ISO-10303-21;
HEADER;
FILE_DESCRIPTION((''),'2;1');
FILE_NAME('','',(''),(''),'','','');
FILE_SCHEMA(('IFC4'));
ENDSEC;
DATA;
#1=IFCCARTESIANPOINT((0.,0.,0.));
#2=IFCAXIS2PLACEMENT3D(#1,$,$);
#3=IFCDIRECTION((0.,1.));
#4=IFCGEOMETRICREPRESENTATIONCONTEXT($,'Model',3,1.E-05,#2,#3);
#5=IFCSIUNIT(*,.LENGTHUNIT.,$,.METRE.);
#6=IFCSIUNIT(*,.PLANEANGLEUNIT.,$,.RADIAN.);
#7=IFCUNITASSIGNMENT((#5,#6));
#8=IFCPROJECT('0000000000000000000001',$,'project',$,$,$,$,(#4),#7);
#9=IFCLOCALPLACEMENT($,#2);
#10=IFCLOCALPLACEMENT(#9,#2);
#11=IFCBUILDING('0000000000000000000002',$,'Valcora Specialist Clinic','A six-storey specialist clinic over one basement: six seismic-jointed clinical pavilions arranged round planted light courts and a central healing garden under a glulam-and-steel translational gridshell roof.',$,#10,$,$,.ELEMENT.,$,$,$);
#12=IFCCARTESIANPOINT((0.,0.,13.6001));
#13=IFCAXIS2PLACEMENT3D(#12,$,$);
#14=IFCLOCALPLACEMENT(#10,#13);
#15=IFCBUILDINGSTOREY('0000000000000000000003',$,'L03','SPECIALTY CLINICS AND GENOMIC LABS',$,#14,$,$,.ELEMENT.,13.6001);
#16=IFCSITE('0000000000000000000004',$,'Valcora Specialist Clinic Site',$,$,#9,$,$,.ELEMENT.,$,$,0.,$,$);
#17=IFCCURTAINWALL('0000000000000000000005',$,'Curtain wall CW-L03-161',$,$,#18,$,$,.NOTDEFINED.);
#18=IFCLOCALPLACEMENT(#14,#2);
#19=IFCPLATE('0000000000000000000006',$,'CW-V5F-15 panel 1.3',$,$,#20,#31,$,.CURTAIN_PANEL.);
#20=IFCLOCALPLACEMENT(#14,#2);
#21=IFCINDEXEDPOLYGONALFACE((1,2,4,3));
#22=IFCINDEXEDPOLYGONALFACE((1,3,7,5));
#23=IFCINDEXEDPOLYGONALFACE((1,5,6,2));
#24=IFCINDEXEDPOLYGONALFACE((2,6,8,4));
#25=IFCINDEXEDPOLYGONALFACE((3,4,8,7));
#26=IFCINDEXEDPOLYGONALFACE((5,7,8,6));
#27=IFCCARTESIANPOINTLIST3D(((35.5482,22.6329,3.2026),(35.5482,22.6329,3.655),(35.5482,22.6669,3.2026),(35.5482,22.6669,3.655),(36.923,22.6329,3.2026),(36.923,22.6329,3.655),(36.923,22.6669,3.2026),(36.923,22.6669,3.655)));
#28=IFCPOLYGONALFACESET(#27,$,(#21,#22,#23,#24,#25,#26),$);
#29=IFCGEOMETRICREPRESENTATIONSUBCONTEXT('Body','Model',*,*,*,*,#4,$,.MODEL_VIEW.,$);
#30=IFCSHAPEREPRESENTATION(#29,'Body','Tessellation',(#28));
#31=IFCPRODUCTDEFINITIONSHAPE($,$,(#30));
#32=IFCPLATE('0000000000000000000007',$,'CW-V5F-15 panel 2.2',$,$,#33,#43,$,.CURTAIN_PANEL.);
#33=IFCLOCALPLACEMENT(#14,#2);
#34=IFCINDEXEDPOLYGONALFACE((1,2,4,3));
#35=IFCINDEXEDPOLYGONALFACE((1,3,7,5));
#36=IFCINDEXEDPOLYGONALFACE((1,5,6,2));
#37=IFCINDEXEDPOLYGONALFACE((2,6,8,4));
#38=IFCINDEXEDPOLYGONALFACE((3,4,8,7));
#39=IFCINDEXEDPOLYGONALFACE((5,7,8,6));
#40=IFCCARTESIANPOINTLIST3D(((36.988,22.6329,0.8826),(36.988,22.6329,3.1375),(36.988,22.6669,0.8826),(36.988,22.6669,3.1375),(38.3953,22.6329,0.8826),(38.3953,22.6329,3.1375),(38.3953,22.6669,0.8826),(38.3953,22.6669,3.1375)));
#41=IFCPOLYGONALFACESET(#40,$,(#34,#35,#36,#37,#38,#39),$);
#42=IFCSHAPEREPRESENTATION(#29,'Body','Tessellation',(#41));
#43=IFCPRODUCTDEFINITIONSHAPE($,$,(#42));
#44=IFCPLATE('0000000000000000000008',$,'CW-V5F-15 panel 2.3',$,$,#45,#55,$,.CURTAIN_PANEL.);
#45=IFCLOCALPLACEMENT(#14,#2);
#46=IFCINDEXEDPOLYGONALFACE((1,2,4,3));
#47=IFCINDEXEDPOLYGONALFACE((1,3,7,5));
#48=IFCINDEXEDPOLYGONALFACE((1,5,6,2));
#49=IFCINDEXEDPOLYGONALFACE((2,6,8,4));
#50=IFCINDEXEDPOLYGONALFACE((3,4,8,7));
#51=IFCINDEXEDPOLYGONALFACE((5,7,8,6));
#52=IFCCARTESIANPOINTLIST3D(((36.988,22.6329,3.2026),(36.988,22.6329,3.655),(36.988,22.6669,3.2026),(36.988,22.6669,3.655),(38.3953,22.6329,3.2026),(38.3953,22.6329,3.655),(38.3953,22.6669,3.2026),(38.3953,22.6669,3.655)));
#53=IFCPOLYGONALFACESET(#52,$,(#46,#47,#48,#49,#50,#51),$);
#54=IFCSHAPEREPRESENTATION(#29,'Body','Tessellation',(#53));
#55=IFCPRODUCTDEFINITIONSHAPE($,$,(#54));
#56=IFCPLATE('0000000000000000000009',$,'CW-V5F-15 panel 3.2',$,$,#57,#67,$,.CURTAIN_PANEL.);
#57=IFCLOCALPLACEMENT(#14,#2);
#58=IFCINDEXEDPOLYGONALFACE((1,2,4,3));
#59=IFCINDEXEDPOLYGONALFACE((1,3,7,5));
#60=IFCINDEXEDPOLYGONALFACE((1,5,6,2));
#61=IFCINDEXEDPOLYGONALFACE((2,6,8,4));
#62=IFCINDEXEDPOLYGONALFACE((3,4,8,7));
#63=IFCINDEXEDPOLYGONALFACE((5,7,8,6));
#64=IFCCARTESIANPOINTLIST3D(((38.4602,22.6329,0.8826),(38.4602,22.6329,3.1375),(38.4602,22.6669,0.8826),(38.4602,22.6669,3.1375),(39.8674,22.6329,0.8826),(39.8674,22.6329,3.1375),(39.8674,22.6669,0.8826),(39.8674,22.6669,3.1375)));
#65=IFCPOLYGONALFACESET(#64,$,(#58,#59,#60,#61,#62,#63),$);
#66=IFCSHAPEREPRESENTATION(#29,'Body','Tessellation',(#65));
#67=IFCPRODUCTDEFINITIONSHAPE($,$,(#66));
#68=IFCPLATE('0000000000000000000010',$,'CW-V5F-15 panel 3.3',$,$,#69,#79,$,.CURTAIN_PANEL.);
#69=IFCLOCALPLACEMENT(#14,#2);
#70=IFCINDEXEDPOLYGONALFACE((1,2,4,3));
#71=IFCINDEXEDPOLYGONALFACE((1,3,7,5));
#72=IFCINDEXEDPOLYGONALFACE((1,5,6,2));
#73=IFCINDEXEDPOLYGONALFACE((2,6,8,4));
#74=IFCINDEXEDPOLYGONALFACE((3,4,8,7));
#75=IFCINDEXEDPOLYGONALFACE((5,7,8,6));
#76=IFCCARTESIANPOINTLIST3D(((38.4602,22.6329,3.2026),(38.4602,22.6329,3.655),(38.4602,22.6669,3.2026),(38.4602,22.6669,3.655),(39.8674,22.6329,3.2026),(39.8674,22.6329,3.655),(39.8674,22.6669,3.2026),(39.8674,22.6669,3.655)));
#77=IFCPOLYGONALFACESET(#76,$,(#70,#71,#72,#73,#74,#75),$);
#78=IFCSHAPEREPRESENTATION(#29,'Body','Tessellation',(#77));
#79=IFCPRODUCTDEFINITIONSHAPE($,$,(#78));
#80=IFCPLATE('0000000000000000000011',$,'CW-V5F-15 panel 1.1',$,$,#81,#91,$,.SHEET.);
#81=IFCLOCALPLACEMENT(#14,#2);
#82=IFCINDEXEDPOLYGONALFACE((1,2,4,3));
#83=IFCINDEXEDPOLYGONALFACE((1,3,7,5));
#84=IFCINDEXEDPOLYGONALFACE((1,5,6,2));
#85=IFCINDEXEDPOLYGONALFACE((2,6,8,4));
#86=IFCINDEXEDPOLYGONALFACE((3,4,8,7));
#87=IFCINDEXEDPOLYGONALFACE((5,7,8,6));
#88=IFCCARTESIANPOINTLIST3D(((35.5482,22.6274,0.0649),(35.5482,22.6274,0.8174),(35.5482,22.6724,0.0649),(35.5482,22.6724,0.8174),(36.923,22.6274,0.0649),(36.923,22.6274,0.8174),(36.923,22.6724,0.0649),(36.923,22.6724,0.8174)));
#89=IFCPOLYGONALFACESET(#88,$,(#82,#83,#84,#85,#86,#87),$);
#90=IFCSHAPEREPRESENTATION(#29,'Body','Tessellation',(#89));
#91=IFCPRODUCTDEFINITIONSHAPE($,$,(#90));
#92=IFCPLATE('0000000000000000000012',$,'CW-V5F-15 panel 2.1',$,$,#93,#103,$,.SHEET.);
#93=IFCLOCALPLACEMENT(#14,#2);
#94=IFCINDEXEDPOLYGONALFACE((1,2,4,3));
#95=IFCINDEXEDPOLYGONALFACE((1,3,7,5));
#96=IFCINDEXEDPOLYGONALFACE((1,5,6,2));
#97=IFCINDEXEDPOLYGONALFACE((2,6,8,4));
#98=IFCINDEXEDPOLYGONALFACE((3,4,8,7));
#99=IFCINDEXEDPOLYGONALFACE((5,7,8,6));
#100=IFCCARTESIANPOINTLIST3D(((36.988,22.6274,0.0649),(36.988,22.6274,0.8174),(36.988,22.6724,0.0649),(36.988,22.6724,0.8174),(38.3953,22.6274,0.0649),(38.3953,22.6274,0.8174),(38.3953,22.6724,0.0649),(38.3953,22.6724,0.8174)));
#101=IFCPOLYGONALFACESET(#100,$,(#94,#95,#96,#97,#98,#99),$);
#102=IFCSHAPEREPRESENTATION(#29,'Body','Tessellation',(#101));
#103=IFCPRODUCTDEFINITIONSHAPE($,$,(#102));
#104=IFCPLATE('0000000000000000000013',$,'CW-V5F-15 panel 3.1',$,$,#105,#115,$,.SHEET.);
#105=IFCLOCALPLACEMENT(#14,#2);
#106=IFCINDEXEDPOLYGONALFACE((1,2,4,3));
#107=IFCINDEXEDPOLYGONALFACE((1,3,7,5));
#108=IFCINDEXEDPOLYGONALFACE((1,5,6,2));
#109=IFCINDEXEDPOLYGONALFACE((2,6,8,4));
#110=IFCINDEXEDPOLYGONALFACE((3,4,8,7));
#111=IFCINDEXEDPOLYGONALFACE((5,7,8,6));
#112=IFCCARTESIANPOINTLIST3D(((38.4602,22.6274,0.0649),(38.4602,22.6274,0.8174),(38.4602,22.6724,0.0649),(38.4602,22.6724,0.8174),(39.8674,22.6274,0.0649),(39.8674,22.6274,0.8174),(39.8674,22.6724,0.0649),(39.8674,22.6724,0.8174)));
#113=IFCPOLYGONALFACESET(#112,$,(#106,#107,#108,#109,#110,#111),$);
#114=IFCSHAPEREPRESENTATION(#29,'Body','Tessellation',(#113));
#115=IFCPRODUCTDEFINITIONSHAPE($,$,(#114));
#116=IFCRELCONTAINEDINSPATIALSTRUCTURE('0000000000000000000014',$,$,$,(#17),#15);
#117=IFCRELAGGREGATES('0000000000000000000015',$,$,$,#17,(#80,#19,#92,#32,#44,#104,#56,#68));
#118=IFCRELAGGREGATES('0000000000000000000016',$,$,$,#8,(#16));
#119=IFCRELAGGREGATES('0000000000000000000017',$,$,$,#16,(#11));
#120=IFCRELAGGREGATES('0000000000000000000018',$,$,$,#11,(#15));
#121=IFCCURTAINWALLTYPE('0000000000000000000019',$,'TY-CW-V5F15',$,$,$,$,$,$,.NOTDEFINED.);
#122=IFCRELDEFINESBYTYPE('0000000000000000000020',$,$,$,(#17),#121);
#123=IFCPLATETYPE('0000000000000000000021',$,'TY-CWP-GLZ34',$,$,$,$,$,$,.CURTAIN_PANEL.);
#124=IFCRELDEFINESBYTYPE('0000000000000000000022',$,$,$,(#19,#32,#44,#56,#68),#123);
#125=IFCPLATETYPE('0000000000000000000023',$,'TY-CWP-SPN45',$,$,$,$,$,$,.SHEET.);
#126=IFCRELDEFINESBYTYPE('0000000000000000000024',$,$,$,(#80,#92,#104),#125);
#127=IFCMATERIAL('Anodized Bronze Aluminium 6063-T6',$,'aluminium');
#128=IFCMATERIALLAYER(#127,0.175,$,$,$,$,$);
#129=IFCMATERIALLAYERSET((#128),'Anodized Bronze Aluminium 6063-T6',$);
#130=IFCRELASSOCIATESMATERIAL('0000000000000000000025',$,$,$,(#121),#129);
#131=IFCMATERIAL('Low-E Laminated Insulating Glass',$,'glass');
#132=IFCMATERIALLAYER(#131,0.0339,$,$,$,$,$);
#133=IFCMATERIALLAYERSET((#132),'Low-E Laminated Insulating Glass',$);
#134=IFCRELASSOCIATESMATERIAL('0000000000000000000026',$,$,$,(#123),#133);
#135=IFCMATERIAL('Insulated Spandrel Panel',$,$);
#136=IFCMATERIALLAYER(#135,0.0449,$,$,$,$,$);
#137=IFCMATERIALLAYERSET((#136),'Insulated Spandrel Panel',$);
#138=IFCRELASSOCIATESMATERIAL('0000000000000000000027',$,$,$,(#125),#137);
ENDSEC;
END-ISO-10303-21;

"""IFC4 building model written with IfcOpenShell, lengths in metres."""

from ifc_helpers import new_model, si_unit, direction, frame, origin, origin_2d, place, context, subcontext, project, spatial, rectangle, extrude, material, layer, layer_set, type_object, element, aggregate, save


model = new_model("IFC4")

# Units and contexts
model_context = context("Model", 3, precision=1e-05, world=origin(), true_north=direction((0.0, 1.0)))
body_context = subcontext(model_context, "Body", "Model", "MODEL_VIEW")
ifc_project = project(units=[si_unit("LENGTHUNIT", "METRE"), si_unit("PLANEANGLEUNIT", "RADIAN")], contexts=[model_context])

# Site, building, storey
site_placement = place(None, origin())
site = spatial("IfcSite", under=ifc_project, at=site_placement, Name="Valcora Specialist Clinic Site", CompositionType="ELEMENT", RefElevation=0.0)
building_placement = place(site_placement, origin())
building = spatial("IfcBuilding", under=site, at=building_placement, Name="Valcora Specialist Clinic", Description="A six-storey specialist clinic over one basement: six seismic-jointed clinical pavilions arranged round planted light courts and a central healing garden under a glulam-and-steel translational gridshell roof.", CompositionType="ELEMENT")
storey_placement = place(building_placement, frame((0.0, 0.0, 13.6001)))
storey = spatial("IfcBuildingStorey", under=building, at=storey_placement, Name="L03", Description="SPECIALTY CLINICS AND GENOMIC LABS", CompositionType="ELEMENT", Elevation=13.6001)

# Shared definitions
ifc_material_1 = material(Name="Anodized Bronze Aluminium 6063-T6", Category="aluminium")
ifc_layer_1 = layer(ifc_material_1, 0.175)
ifc_layer_set_1 = layer_set([ifc_layer_1], Name="Anodized Bronze Aluminium 6063-T6")
curtain_wall_type = type_object("IfcCurtainWallType", Name="TY-CW-V5F15", PredefinedType="NOTDEFINED", material=ifc_layer_set_1)

# Curtain wall
curtain_wall_1_placement = place(storey_placement, origin())
curtain_wall_1 = element("IfcCurtainWall", 1, at=curtain_wall_1_placement, inside=storey, type_object=curtain_wall_type, Name="Curtain wall CW-L03-161", PredefinedType="NOTDEFINED")

# Plates
ifc_material_2 = material(Name="Low-E Laminated Insulating Glass", Category="glass")
ifc_layer_2 = layer(ifc_material_2, 0.0339)
ifc_layer_set_2 = layer_set([ifc_layer_2], Name="Low-E Laminated Insulating Glass")
plate_type_1 = type_object("IfcPlateType", Name="TY-CWP-GLZ34", PredefinedType="CURTAIN_PANEL", material=ifc_layer_set_2)
plate_1_placement = place(storey_placement, frame((36.2356, 22.6499, 3.2026), z_axis=(0.0, 0.0, 1.0), x_axis=(1.0, 0.0, 0.0)))
plate_1 = element("IfcPlate", 2, at=plate_1_placement, type_object=plate_type_1, Name="CW-V5F-15 panel 1.3", PredefinedType="CURTAIN_PANEL", context=body_context, shape_type="SweptSolid", body=[
    extrude(rectangle(XDim=1.3748, YDim=0.0339, at=origin_2d()), origin(), (0.0, 0.0, 1.0), 0.4524),
])
plate_2_placement = place(storey_placement, frame((37.6917, 22.6499, 0.8826), z_axis=(0.0, 0.0, 1.0), x_axis=(1.0, 0.0, 0.0)))
plate_2 = element("IfcPlate", 3, at=plate_2_placement, type_object=plate_type_1, Name="CW-V5F-15 panel 2.2", PredefinedType="CURTAIN_PANEL", context=body_context, shape_type="SweptSolid", body=[
    extrude(rectangle(XDim=1.4072, YDim=0.0339, at=origin_2d()), origin(), (0.0, 0.0, 1.0), 2.2549),
])
plate_3_placement = place(storey_placement, frame((37.6917, 22.6499, 3.2026), z_axis=(0.0, 0.0, 1.0), x_axis=(1.0, 0.0, 0.0)))
plate_3 = element("IfcPlate", 4, at=plate_3_placement, type_object=plate_type_1, Name="CW-V5F-15 panel 2.3", PredefinedType="CURTAIN_PANEL", context=body_context, shape_type="SweptSolid", body=[
    extrude(rectangle(XDim=1.4072, YDim=0.0339, at=origin_2d()), origin(), (0.0, 0.0, 1.0), 0.4524),
])
plate_4_placement = place(storey_placement, frame((39.1638, 22.6499, 0.8826), z_axis=(0.0, 0.0, 1.0), x_axis=(1.0, 0.0, 0.0)))
plate_4 = element("IfcPlate", 5, at=plate_4_placement, type_object=plate_type_1, Name="CW-V5F-15 panel 3.2", PredefinedType="CURTAIN_PANEL", context=body_context, shape_type="SweptSolid", body=[
    extrude(rectangle(XDim=1.4072, YDim=0.0339, at=origin_2d()), origin(), (0.0, 0.0, 1.0), 2.2549),
])
plate_5_placement = place(storey_placement, frame((39.1638, 22.6499, 3.2026), z_axis=(0.0, 0.0, 1.0), x_axis=(1.0, 0.0, 0.0)))
plate_5 = element("IfcPlate", 6, at=plate_5_placement, type_object=plate_type_1, Name="CW-V5F-15 panel 3.3", PredefinedType="CURTAIN_PANEL", context=body_context, shape_type="SweptSolid", body=[
    extrude(rectangle(XDim=1.4072, YDim=0.0339, at=origin_2d()), origin(), (0.0, 0.0, 1.0), 0.4524),
])
ifc_material_3 = material(Name="Insulated Spandrel Panel")
ifc_layer_3 = layer(ifc_material_3, 0.0449)
ifc_layer_set_3 = layer_set([ifc_layer_3], Name="Insulated Spandrel Panel")
plate_type_2 = type_object("IfcPlateType", Name="TY-CWP-SPN45", PredefinedType="SHEET", material=ifc_layer_set_3)
plate_6_placement = place(storey_placement, frame((36.2356, 22.6499, 0.0649), z_axis=(0.0, 0.0, 1.0), x_axis=(1.0, 0.0, 0.0)))
plate_6 = element("IfcPlate", 7, at=plate_6_placement, type_object=plate_type_2, Name="CW-V5F-15 panel 1.1", PredefinedType="SHEET", context=body_context, shape_type="SweptSolid", body=[
    extrude(rectangle(XDim=1.3748, YDim=0.0449, at=origin_2d()), origin(), (0.0, 0.0, 1.0), 0.7524),
])
plate_7_placement = place(storey_placement, frame((37.6917, 22.6499, 0.0649), z_axis=(0.0, 0.0, 1.0), x_axis=(1.0, 0.0, 0.0)))
plate_7 = element("IfcPlate", 8, at=plate_7_placement, type_object=plate_type_2, Name="CW-V5F-15 panel 2.1", PredefinedType="SHEET", context=body_context, shape_type="SweptSolid", body=[
    extrude(rectangle(XDim=1.4072, YDim=0.0449, at=origin_2d()), origin(), (0.0, 0.0, 1.0), 0.7524),
])
plate_8_placement = place(storey_placement, frame((39.1638, 22.6499, 0.0649), z_axis=(0.0, 0.0, 1.0), x_axis=(1.0, 0.0, 0.0)))
plate_8 = element("IfcPlate", 9, at=plate_8_placement, type_object=plate_type_2, Name="CW-V5F-15 panel 3.1", PredefinedType="SHEET", context=body_context, shape_type="SweptSolid", body=[
    extrude(rectangle(XDim=1.4072, YDim=0.0449, at=origin_2d()), origin(), (0.0, 0.0, 1.0), 0.7524),
])
aggregate(curtain_wall_1, [plate_6, plate_1, plate_7, plate_2, plate_3, plate_8, plate_4, plate_5])

save(model, "model.ifc")
